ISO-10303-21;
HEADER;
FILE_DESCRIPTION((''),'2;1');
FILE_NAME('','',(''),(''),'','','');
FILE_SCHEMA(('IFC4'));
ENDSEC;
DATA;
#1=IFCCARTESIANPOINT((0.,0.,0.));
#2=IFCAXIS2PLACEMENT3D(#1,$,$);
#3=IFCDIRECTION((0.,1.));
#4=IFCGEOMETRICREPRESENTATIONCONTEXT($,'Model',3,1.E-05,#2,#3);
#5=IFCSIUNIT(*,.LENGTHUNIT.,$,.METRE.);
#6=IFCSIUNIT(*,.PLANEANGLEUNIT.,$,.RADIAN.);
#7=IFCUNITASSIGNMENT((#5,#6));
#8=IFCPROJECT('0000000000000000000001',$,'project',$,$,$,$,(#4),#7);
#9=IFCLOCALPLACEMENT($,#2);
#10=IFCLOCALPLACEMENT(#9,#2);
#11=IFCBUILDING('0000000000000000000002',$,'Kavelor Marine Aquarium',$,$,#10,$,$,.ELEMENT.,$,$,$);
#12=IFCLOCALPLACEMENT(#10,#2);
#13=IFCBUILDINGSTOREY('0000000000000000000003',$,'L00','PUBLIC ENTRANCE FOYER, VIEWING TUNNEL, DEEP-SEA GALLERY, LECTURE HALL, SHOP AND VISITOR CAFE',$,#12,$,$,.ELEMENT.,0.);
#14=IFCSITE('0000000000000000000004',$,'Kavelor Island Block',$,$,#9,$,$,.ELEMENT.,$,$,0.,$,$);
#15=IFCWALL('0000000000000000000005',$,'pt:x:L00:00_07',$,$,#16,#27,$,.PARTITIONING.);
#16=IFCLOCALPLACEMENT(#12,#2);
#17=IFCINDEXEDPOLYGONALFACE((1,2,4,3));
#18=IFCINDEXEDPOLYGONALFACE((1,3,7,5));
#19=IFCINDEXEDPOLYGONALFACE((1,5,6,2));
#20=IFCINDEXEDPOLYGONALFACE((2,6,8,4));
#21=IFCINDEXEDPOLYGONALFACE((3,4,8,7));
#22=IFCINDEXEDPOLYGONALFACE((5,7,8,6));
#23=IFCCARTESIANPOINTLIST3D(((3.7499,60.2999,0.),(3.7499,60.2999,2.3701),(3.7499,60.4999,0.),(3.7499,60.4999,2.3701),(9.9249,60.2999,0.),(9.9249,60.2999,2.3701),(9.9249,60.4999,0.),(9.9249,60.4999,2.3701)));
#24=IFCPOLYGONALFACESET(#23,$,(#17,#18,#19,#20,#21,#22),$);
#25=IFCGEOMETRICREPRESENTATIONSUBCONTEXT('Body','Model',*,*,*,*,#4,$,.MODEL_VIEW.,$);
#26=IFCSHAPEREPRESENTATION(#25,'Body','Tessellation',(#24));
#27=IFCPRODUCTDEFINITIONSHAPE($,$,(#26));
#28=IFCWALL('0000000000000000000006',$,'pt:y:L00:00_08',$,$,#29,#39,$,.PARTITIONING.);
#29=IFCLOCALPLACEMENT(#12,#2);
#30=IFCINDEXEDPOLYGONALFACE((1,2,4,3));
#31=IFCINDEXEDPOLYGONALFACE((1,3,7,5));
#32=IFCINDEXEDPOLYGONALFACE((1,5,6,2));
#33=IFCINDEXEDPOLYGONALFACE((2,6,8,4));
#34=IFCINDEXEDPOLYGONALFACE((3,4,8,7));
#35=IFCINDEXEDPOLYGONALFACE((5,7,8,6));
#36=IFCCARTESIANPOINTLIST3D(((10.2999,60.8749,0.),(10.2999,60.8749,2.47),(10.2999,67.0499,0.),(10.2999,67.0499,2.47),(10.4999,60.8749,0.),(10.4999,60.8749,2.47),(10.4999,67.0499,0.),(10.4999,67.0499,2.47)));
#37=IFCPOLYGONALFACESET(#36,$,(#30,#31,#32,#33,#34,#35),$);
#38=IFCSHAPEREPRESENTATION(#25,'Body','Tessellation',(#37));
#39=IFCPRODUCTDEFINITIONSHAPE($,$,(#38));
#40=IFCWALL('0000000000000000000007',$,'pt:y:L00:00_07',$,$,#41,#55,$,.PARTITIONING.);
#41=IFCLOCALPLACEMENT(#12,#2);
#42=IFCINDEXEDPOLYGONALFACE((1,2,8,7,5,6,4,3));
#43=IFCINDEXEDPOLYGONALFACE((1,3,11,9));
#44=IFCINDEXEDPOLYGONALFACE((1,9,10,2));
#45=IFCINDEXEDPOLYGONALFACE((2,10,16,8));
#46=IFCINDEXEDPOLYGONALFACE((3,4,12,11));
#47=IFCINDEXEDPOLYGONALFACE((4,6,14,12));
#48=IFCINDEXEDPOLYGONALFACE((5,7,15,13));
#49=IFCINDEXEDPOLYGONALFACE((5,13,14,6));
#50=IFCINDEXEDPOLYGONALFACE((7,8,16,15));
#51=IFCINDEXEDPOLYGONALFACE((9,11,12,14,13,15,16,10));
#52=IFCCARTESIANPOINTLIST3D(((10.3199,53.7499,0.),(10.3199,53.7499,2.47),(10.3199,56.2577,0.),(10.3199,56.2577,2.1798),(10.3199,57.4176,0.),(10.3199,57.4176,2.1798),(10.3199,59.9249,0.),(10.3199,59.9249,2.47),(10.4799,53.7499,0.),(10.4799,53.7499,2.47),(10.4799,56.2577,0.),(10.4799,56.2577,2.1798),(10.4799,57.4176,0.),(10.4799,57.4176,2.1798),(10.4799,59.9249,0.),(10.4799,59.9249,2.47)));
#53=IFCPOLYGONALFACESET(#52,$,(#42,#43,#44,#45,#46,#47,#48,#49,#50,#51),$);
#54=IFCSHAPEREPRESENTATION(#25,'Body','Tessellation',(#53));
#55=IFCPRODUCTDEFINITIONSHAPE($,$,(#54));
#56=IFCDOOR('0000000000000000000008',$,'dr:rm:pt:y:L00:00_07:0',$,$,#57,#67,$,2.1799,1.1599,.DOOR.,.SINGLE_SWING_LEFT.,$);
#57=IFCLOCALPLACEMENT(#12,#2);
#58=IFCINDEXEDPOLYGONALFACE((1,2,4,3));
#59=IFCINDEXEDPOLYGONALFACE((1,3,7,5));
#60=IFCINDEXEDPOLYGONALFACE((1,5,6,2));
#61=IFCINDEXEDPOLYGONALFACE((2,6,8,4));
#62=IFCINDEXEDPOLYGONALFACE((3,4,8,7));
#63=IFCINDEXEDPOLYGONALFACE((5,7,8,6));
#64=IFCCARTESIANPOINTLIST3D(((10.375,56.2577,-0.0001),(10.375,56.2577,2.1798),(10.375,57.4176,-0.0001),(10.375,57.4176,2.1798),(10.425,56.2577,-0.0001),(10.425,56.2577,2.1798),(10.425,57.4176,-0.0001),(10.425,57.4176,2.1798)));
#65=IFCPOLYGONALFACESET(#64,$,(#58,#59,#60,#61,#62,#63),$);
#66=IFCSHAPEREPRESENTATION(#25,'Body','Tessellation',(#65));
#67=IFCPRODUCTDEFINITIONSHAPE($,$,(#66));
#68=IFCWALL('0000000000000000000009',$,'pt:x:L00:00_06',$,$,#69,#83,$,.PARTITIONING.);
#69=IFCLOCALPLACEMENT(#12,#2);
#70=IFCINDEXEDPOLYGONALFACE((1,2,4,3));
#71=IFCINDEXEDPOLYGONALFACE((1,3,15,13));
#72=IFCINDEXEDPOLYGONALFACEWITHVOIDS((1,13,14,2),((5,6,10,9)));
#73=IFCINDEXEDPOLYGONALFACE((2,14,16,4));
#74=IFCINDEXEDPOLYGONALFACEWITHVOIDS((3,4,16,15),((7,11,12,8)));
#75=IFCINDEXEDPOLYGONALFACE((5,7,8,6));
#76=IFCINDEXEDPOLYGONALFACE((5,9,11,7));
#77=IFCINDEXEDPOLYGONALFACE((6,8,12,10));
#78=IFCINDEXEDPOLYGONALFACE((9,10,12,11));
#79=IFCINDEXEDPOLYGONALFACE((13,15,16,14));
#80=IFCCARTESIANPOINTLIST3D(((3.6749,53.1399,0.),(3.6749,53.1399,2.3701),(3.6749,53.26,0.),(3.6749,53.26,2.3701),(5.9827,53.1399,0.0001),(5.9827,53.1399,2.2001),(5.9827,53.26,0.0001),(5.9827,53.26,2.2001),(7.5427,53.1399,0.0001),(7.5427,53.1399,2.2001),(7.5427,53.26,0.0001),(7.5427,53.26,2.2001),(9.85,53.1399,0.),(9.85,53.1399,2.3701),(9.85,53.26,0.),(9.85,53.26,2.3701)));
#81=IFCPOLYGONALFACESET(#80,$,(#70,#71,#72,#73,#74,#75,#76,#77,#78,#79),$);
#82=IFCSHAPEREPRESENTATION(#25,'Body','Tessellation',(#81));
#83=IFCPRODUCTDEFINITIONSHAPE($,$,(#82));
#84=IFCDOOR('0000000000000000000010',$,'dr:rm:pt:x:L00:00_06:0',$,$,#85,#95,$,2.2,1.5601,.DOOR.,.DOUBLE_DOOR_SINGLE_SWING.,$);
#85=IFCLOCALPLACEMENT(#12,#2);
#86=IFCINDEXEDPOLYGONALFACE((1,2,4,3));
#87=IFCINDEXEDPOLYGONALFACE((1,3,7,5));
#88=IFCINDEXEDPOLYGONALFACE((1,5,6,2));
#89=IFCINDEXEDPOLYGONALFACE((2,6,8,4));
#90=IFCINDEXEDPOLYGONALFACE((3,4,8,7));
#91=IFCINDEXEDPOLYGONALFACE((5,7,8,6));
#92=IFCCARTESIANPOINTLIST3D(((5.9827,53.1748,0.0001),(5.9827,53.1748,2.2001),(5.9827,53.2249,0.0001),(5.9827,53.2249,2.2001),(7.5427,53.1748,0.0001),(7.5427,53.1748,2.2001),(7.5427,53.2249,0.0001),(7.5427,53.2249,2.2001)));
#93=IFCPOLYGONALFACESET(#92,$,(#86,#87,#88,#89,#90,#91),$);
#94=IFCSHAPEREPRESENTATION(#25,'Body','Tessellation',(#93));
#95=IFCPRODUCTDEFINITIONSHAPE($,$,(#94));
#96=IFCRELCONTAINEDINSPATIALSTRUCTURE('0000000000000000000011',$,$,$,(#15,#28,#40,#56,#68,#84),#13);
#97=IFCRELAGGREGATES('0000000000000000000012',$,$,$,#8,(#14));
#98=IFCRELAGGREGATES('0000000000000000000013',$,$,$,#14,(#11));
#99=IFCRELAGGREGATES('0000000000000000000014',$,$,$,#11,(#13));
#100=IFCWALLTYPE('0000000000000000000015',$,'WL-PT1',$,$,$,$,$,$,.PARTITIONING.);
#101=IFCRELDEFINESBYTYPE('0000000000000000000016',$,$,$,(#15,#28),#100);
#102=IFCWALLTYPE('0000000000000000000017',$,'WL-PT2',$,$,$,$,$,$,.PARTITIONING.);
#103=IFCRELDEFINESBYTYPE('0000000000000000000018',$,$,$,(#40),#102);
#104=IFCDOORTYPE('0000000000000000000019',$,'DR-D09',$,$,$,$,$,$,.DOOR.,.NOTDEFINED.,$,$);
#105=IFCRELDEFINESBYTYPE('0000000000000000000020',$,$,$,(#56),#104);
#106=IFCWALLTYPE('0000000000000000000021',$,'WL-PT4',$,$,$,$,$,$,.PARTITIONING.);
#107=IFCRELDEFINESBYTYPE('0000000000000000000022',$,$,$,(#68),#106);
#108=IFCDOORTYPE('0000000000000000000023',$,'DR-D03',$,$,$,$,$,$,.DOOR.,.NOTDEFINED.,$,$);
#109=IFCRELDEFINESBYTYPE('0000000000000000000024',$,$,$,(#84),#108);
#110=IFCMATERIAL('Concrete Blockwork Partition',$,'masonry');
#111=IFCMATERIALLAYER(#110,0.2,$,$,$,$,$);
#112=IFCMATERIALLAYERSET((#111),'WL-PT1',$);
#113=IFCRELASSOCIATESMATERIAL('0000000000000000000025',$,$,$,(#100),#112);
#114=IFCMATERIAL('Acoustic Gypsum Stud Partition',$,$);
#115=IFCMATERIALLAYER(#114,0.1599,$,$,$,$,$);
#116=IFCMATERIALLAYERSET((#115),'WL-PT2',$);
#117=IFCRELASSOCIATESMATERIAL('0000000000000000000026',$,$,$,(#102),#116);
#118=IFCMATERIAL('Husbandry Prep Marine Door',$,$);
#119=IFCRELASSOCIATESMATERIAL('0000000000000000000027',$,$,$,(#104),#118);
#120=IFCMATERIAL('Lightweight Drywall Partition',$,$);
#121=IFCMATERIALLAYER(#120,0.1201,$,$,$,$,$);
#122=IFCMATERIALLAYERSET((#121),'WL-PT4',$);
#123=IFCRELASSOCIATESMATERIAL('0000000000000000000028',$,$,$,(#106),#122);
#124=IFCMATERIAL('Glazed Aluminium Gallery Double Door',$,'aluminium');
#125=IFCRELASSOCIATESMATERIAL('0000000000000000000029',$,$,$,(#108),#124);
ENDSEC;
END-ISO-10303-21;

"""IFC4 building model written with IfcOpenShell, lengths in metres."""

from ifc_helpers import new_model, si_unit, direction, frame, frame_2d, origin, place, context, subcontext, project, spatial, rectangle, extrude, material, layer, layer_set, type_object, element, fill, save


model = new_model("IFC4")

# Units and contexts
model_context = context("Model", 3, precision=1e-05, world=origin(), true_north=direction((0.0, 1.0)))
body_context = subcontext(model_context, "Body", "Model", "MODEL_VIEW")
ifc_project = project(units=[si_unit("LENGTHUNIT", "METRE"), si_unit("PLANEANGLEUNIT", "RADIAN")], contexts=[model_context])

# Site, building, storey
site_placement = place(None, origin())
site = spatial("IfcSite", under=ifc_project, at=site_placement, Name="Kavelor Island Block", CompositionType="ELEMENT", RefElevation=0.0)
building_placement = place(site_placement, origin())
building = spatial("IfcBuilding", under=site, at=building_placement, Name="Kavelor Marine Aquarium", CompositionType="ELEMENT")
storey_placement = place(building_placement, origin())
storey = spatial("IfcBuildingStorey", under=building, at=storey_placement, Name="L00", Description="PUBLIC ENTRANCE FOYER, VIEWING TUNNEL, DEEP-SEA GALLERY, LECTURE HALL, SHOP AND VISITOR CAFE", CompositionType="ELEMENT", Elevation=0.0)

# Walls
ifc_material_1 = material(Name="Concrete Blockwork Partition", Category="masonry")
ifc_layer_1 = layer(ifc_material_1, 0.2)
ifc_layer_set_1 = layer_set([ifc_layer_1], Name="WL-PT1")
wall_type_1 = type_object("IfcWallType", Name="WL-PT1", PredefinedType="PARTITIONING", material=ifc_layer_set_1)
wall_1_placement = place(storey_placement, frame((3.75, 60.3999, 0.0), z_axis=(0.0, 0.0, 1.0), x_axis=(1.0, 0.0, 0.0)))
element("IfcWall", 1, at=wall_1_placement, inside=storey, type_object=wall_type_1, Name="pt:x:L00:00_07", PredefinedType="PARTITIONING", context=body_context, shape_type="SweptSolid", body=[
    extrude(rectangle(XDim=6.175, YDim=0.2, at=frame_2d((3.0874, 0.0))), origin(), (0.0, 0.0, 1.0), 2.3701),
])
wall_2_placement = place(storey_placement, frame((10.3999, 60.875, 0.0), z_axis=(0.0, 0.0, 1.0), x_axis=(0.0, 1.0, 0.0)))
element("IfcWall", 2, at=wall_2_placement, inside=storey, type_object=wall_type_1, Name="pt:y:L00:00_08", PredefinedType="PARTITIONING", context=body_context, shape_type="SweptSolid", body=[
    extrude(rectangle(XDim=6.175, YDim=0.2, at=frame_2d((3.0874, 0.0))), origin(), (0.0, 0.0, 1.0), 2.47),
])

# Walls, openings, doors
ifc_material_2 = material(Name="Acoustic Gypsum Stud Partition")
ifc_layer_2 = layer(ifc_material_2, 0.1599)
ifc_layer_set_2 = layer_set([ifc_layer_2], Name="WL-PT2")
wall_type_2 = type_object("IfcWallType", Name="WL-PT2", PredefinedType="PARTITIONING", material=ifc_layer_set_2)
wall_3_placement = place(storey_placement, frame((10.3999, 53.75, 0.0), z_axis=(0.0, 0.0, 1.0), x_axis=(0.0, 1.0, 0.0)))
wall_3 = element("IfcWall", 3, at=wall_3_placement, inside=storey, type_object=wall_type_2, Name="pt:y:L00:00_07", PredefinedType="PARTITIONING", context=body_context, shape_type="SweptSolid", body=[
    extrude(rectangle(XDim=6.175, YDim=0.1599, at=frame_2d((3.0874, 0.0))), origin(), (0.0, 0.0, 1.0), 2.47),
])
opening_1_placement = place(wall_3_placement, frame((2.5076, 0.0, 0.0)))
opening_1 = element("IfcOpeningElement", 4, at=opening_1_placement, cuts=wall_3, PredefinedType="OPENING", context=body_context, shape_type="SweptSolid", body=[
    extrude(rectangle(XDim=1.1599, YDim=2.1799, at=frame_2d((0.5801, 1.0898))), frame((0.0, 0.0898, 0.0), z_axis=(0.0, -1.0, 0.0), x_axis=(1.0, 0.0, 0.0)), (0.0, 0.0, 1.0), 0.1799),
])
ifc_material_3 = material(Name="Husbandry Prep Marine Door")
door_type_1 = type_object("IfcDoorType", Name="DR-D09", OperationType="NOTDEFINED", PredefinedType="DOOR", material=ifc_material_3)
door_1_placement = place(opening_1_placement, origin())
door_1 = element("IfcDoor", 5, at=door_1_placement, inside=storey, type_object=door_type_1, Name="dr:rm:pt:y:L00:00_07:0", OperationType="SINGLE_SWING_LEFT", OverallHeight=2.1799, OverallWidth=1.1599, PredefinedType="DOOR", context=body_context, shape_type="SweptSolid", body=[
    extrude(rectangle(XDim=1.1599, YDim=2.1799, at=frame_2d((0.5801, 1.0898))), frame((0.0, 0.0249, 0.0), z_axis=(0.0, -1.0, 0.0), x_axis=(1.0, 0.0, 0.0)), (0.0, 0.0, 1.0), 0.05),
])
fill(opening_1, door_1)
ifc_material_4 = material(Name="Lightweight Drywall Partition")
ifc_layer_3 = layer(ifc_material_4, 0.1201)
ifc_layer_set_3 = layer_set([ifc_layer_3], Name="WL-PT4")
wall_type_3 = type_object("IfcWallType", Name="WL-PT4", PredefinedType="PARTITIONING", material=ifc_layer_set_3)
wall_4_placement = place(storey_placement, frame((3.675, 53.2, 0.0), z_axis=(0.0, 0.0, 1.0), x_axis=(1.0, 0.0, 0.0)))
wall_4 = element("IfcWall", 6, at=wall_4_placement, inside=storey, type_object=wall_type_3, Name="pt:x:L00:00_06", PredefinedType="PARTITIONING", context=body_context, shape_type="SweptSolid", body=[
    extrude(rectangle(XDim=6.175, YDim=0.1201, at=frame_2d((3.0874, 0.0))), origin(), (0.0, 0.0, 1.0), 2.3701),
])
opening_2_placement = place(wall_4_placement, frame((2.3076, 0.0, 0.0)))
opening_2 = element("IfcOpeningElement", 7, at=opening_2_placement, cuts=wall_4, PredefinedType="OPENING", context=body_context, shape_type="SweptSolid", body=[
    extrude(rectangle(XDim=1.5601, YDim=2.2, at=frame_2d((0.78, 1.1001))), frame((0.0, 0.0701, 0.0), z_axis=(0.0, -1.0, 0.0), x_axis=(1.0, 0.0, 0.0)), (0.0, 0.0, 1.0), 0.1401),
])
ifc_material_5 = material(Name="Glazed Aluminium Gallery Double Door", Category="aluminium")
door_type_2 = type_object("IfcDoorType", Name="DR-D03", OperationType="NOTDEFINED", PredefinedType="DOOR", material=ifc_material_5)
door_2_placement = place(opening_2_placement, origin())
door_2 = element("IfcDoor", 8, at=door_2_placement, inside=storey, type_object=door_type_2, Name="dr:rm:pt:x:L00:00_06:0", OperationType="DOUBLE_DOOR_SINGLE_SWING", OverallHeight=2.2, OverallWidth=1.5601, PredefinedType="DOOR", context=body_context, shape_type="SweptSolid", body=[
    extrude(rectangle(XDim=1.5601, YDim=2.2, at=frame_2d((0.78, 1.1001))), frame((0.0, 0.0249, 0.0), z_axis=(0.0, -1.0, 0.0), x_axis=(1.0, 0.0, 0.0)), (0.0, 0.0, 1.0), 0.05),
])
fill(opening_2, door_2)

save(model, "model.ifc")
